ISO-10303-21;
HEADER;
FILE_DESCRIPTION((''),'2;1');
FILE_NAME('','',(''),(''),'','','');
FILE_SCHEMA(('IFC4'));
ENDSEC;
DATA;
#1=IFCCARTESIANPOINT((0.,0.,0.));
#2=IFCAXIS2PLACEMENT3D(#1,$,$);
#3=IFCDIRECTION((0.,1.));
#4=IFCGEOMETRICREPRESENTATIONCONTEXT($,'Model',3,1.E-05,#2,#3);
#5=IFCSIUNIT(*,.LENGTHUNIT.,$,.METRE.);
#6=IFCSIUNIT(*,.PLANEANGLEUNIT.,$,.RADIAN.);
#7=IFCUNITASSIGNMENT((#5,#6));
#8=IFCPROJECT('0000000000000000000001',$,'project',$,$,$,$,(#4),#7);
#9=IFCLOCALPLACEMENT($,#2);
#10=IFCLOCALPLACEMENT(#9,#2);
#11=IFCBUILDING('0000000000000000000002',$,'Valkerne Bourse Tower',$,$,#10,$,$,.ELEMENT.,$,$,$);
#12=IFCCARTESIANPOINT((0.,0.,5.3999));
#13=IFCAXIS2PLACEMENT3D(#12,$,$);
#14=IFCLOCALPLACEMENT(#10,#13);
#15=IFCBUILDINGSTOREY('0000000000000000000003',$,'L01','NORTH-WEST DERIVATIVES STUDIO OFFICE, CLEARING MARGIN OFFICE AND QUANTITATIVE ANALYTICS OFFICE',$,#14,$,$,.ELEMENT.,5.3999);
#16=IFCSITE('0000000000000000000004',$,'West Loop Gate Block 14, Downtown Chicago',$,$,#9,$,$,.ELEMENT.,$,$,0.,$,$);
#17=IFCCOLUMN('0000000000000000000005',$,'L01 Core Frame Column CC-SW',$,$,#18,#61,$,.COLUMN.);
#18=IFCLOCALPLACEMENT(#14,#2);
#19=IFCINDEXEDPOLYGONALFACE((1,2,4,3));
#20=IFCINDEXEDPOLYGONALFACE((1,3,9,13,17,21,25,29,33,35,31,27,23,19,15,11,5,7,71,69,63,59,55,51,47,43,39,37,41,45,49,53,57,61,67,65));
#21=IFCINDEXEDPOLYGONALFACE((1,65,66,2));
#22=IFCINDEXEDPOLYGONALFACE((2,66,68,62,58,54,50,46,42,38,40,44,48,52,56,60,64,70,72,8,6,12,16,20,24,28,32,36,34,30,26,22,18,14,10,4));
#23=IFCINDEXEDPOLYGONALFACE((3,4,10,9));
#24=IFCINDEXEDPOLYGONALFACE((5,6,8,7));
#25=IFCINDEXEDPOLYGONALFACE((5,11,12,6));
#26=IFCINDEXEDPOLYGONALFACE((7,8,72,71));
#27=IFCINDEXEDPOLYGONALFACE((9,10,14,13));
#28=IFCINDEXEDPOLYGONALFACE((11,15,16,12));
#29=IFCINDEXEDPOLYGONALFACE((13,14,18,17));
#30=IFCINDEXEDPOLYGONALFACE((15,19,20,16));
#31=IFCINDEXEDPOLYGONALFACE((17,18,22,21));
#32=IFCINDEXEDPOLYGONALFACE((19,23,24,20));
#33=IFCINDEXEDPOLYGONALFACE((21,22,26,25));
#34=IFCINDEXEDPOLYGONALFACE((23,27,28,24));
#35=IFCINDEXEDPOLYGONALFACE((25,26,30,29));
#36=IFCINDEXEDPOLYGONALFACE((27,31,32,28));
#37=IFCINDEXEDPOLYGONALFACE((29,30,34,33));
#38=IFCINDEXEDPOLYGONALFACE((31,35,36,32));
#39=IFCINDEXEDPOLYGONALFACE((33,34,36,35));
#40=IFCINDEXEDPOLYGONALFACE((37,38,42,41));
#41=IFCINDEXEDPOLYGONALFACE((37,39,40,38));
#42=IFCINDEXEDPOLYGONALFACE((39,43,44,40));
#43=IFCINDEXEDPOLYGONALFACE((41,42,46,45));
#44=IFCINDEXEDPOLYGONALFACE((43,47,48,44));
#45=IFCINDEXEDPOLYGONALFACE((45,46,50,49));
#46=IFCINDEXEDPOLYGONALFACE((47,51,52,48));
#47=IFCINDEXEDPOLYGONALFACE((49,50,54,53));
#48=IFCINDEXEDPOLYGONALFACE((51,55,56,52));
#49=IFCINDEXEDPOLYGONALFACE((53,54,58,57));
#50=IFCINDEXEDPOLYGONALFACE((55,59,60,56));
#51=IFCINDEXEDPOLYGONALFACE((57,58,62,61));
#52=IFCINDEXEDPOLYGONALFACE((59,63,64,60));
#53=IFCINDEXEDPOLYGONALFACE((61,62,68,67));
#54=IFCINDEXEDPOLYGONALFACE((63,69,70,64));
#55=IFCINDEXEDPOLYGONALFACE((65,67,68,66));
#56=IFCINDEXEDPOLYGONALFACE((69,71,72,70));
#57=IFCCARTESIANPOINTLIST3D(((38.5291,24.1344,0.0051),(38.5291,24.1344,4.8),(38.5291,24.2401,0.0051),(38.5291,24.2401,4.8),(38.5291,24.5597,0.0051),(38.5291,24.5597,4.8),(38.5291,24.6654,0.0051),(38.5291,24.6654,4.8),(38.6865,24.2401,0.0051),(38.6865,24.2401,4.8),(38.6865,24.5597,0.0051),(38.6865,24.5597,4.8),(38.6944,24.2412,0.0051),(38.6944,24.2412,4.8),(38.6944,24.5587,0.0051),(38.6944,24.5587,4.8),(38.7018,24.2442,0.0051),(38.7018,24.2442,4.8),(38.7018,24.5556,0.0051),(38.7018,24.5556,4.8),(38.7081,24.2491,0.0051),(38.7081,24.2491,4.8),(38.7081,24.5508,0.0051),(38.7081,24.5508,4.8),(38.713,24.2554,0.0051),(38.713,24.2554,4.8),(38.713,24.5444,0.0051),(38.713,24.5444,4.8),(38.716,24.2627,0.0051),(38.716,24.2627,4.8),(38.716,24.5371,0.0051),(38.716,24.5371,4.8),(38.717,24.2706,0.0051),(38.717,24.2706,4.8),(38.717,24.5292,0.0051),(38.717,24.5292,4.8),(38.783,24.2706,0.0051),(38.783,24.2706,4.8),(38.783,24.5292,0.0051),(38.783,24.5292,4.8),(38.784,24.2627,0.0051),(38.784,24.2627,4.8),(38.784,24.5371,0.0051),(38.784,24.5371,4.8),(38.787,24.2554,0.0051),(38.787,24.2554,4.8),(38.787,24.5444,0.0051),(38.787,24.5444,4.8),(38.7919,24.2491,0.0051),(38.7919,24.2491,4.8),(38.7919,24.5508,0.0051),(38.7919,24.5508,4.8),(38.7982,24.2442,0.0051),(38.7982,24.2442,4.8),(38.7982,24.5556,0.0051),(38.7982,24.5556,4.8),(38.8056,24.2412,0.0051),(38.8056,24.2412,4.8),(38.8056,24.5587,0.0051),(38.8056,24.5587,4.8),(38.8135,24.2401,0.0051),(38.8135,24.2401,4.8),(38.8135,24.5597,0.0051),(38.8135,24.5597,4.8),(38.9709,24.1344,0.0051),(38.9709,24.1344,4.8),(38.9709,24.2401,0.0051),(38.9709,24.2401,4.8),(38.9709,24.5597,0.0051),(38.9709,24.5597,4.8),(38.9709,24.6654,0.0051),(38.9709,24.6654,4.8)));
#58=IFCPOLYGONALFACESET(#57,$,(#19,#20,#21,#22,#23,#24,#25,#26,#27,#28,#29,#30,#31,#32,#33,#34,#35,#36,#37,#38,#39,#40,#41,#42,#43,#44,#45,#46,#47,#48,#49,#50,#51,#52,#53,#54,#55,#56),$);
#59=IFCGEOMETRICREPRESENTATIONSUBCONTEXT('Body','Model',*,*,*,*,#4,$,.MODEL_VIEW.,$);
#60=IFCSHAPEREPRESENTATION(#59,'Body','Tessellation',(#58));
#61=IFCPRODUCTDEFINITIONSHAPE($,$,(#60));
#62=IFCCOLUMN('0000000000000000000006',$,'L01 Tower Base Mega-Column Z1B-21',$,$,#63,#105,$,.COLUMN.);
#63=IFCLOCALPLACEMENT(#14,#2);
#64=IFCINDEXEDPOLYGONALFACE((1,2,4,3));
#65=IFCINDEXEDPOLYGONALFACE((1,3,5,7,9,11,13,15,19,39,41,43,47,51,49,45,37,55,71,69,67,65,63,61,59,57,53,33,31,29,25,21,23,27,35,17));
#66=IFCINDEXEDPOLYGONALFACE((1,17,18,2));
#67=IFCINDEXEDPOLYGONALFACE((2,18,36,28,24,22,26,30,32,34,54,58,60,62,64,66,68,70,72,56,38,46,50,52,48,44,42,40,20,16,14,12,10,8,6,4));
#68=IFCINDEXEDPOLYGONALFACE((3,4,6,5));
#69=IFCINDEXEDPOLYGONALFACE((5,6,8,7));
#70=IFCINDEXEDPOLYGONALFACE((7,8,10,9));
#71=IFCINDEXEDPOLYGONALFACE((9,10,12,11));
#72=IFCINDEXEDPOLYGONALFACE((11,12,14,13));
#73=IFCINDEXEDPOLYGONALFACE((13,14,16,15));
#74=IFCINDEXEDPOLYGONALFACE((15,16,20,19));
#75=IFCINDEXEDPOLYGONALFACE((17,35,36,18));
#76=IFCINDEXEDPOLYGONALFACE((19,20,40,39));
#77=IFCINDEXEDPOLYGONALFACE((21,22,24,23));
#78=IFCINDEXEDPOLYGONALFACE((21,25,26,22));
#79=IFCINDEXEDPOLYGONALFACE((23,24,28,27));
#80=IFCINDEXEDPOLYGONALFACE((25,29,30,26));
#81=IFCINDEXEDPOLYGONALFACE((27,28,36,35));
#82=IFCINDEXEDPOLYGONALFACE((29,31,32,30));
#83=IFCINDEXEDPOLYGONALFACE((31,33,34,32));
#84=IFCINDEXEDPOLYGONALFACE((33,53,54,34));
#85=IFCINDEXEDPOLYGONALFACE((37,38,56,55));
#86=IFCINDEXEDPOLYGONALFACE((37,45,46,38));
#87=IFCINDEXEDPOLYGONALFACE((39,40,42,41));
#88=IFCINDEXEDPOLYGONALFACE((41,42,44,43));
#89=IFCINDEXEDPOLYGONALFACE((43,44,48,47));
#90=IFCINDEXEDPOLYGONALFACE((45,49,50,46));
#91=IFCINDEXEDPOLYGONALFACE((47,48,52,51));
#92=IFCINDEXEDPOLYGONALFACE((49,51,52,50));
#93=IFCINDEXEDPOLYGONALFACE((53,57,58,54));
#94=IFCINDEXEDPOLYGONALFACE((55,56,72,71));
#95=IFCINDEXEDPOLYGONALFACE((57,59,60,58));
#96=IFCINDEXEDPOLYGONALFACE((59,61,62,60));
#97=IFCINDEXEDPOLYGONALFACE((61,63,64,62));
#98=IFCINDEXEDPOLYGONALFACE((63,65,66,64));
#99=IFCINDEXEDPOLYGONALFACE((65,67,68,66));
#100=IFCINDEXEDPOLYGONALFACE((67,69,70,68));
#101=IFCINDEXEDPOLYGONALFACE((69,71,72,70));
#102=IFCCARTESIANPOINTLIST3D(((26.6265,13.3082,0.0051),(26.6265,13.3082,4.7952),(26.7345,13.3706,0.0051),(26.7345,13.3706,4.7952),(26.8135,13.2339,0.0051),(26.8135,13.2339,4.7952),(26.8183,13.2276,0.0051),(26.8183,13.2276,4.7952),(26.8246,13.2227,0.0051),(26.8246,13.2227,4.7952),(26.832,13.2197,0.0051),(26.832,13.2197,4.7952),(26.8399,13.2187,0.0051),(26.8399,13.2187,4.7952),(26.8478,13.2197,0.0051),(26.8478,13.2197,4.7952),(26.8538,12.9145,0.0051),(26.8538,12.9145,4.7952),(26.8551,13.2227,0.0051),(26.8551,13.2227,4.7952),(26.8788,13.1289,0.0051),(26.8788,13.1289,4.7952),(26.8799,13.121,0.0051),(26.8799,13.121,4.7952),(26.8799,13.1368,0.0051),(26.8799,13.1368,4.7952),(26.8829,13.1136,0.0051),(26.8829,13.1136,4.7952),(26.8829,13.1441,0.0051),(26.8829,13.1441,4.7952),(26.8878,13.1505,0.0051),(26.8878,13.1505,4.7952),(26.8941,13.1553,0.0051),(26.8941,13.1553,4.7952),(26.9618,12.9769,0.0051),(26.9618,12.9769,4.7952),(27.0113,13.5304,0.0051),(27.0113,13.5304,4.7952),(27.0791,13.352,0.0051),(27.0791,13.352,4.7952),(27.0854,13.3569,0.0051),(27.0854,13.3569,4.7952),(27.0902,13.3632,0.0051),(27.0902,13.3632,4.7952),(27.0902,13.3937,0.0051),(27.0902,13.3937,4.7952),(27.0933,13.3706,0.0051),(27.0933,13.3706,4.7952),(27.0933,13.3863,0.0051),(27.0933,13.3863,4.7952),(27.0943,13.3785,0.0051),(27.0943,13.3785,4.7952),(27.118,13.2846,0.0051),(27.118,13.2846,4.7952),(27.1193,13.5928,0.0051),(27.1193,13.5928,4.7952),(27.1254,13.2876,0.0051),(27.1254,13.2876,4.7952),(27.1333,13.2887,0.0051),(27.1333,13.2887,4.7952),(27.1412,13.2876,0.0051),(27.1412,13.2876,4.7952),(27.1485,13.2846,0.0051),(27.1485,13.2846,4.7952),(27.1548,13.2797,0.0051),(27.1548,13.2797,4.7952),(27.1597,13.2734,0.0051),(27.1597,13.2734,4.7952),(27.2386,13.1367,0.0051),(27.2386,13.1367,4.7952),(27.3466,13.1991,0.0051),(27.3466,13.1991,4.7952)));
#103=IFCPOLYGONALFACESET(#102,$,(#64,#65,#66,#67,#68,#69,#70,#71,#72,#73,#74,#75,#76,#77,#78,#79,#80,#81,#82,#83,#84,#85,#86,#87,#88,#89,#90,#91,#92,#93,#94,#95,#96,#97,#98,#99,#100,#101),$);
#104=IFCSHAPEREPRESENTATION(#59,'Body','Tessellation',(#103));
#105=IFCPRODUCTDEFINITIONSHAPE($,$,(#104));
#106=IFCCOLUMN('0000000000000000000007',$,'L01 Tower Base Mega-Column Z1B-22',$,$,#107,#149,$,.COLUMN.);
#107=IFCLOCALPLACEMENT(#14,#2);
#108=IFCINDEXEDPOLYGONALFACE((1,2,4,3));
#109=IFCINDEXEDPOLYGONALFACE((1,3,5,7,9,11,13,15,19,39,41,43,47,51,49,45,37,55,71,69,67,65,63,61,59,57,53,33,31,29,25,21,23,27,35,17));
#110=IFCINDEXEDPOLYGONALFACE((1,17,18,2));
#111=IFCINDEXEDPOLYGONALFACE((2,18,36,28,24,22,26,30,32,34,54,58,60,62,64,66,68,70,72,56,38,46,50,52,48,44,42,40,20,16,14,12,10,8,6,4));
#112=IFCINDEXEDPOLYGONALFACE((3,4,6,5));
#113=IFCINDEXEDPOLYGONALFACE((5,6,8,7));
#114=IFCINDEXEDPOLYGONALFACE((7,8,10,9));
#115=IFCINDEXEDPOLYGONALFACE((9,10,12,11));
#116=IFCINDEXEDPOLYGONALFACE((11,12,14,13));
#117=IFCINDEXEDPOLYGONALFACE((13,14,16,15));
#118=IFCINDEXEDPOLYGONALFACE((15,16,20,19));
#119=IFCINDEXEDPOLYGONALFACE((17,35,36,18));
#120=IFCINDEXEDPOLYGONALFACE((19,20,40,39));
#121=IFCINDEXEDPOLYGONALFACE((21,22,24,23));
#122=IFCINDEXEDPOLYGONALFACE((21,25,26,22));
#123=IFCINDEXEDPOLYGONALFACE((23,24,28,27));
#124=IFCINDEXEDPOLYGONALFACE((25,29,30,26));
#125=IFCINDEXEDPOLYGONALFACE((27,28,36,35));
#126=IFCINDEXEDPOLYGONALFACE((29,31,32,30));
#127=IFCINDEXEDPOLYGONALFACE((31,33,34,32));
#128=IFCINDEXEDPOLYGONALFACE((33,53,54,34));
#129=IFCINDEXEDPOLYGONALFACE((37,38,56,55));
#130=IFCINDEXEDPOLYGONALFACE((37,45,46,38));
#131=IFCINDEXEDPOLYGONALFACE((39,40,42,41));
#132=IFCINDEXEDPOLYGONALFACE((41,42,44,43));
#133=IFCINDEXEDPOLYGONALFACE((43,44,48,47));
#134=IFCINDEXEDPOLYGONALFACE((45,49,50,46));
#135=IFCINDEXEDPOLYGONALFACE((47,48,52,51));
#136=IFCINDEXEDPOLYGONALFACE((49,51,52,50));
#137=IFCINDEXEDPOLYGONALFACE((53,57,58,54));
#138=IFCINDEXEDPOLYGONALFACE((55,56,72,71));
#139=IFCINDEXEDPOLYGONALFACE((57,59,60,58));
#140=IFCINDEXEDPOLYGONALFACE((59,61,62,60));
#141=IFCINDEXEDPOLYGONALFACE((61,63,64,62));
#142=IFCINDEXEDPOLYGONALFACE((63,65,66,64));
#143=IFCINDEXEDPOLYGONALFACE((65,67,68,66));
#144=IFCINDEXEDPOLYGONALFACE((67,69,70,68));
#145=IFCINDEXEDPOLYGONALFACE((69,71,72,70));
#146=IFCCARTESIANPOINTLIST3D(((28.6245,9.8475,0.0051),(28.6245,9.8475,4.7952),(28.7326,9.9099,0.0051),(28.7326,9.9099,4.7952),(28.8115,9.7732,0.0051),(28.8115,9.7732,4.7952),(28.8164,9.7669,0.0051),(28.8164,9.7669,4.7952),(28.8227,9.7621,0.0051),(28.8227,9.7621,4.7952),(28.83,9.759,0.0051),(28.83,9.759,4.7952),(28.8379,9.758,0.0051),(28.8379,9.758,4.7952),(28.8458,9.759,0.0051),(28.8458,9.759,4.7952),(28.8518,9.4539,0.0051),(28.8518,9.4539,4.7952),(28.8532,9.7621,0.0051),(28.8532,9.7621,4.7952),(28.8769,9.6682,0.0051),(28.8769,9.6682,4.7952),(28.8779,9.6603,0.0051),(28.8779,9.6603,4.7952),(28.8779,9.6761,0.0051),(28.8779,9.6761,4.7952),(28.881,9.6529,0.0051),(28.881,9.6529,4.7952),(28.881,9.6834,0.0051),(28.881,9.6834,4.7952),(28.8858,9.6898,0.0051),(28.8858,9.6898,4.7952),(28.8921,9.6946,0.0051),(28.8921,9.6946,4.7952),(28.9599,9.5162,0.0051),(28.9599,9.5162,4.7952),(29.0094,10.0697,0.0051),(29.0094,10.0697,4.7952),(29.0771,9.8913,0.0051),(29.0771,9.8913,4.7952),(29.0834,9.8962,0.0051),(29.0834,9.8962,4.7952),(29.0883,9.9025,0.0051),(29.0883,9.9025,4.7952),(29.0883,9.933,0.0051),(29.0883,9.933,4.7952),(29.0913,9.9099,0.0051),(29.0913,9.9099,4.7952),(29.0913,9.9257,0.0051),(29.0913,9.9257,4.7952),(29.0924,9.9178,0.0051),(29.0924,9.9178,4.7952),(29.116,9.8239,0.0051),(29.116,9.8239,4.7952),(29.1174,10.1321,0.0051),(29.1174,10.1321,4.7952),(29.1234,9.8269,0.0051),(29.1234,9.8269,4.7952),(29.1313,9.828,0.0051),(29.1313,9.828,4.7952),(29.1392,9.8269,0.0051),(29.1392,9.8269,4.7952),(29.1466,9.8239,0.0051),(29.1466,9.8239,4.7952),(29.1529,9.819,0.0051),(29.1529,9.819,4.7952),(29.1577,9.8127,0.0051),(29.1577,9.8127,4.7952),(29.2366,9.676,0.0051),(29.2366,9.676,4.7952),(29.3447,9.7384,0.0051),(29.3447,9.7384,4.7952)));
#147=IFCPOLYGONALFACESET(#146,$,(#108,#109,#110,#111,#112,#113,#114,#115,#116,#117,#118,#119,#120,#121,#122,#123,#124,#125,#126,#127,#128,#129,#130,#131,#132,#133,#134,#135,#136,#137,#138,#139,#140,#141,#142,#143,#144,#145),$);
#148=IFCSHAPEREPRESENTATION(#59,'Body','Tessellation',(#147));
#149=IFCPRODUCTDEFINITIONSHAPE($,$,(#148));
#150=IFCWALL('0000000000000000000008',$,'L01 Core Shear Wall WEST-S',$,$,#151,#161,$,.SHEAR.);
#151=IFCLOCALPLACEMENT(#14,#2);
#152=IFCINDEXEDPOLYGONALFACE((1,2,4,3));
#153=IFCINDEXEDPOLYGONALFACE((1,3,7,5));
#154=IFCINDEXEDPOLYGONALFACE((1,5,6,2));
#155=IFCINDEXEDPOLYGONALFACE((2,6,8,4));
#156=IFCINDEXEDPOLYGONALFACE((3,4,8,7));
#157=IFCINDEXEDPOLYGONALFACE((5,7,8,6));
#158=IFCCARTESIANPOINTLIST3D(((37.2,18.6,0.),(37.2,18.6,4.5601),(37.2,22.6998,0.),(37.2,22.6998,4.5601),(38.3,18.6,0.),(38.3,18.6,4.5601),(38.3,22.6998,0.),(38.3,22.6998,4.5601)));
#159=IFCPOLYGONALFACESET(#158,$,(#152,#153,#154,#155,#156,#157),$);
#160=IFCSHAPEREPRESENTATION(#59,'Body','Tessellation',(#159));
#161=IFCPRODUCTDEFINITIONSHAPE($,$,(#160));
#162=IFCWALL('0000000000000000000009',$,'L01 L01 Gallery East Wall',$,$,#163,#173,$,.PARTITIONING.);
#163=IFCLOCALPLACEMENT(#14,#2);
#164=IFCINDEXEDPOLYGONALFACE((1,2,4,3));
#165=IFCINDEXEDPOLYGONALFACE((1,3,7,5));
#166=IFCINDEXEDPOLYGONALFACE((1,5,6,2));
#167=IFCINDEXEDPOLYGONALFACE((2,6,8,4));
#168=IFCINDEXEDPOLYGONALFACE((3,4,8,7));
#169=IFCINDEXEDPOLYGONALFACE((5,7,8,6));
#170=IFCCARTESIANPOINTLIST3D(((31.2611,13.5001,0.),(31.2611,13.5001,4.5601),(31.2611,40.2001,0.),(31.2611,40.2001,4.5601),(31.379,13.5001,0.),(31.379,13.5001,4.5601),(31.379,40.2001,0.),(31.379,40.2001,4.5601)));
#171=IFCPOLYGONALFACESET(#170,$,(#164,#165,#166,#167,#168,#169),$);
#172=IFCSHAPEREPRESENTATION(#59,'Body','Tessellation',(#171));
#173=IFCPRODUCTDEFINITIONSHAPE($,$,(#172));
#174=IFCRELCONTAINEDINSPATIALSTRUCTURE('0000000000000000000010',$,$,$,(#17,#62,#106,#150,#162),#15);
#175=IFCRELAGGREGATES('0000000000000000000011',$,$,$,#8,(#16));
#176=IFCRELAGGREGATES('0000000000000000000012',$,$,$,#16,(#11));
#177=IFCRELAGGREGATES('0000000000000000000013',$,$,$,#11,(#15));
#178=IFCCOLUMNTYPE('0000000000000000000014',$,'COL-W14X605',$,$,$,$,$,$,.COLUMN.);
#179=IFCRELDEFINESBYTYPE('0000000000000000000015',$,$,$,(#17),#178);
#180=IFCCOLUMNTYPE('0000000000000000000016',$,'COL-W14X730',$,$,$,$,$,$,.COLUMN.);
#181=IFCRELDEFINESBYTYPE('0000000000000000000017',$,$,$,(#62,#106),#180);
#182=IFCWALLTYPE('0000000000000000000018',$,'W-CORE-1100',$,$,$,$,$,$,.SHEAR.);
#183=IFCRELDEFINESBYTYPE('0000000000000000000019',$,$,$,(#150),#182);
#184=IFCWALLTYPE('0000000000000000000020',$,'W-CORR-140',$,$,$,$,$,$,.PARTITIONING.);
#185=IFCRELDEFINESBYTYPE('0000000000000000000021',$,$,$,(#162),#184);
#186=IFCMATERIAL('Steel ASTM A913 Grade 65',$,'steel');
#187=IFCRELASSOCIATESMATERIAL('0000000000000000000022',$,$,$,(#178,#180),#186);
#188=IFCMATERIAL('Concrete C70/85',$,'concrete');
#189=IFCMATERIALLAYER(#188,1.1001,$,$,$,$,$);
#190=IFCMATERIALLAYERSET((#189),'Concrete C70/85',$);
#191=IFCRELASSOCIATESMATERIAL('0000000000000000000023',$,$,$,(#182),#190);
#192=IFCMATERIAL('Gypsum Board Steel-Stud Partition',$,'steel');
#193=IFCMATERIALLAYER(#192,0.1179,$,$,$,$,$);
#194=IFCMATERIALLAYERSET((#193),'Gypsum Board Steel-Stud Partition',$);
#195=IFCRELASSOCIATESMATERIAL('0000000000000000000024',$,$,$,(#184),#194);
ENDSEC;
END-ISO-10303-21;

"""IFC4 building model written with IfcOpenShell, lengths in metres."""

from ifc_helpers import new_model, si_unit, direction, frame, frame_2d, origin, origin_2d, place, context, subcontext, project, spatial, rectangle, i_section, extrude, material, layer, layer_set, material_profile, profile_set, type_object, element, save


model = new_model("IFC4")

# Units and contexts
model_context = context("Model", 3, precision=1e-05, world=origin(), true_north=direction((0.0, 1.0)))
body_context = subcontext(model_context, "Body", "Model", "MODEL_VIEW")
ifc_project = project(units=[si_unit("LENGTHUNIT", "METRE"), si_unit("PLANEANGLEUNIT", "RADIAN")], contexts=[model_context])

# Site, building, storey
site_placement = place(None, origin())
site = spatial("IfcSite", under=ifc_project, at=site_placement, Name="West Loop Gate Block 14, Downtown Chicago", CompositionType="ELEMENT", RefElevation=0.0)
building_placement = place(site_placement, origin())
building = spatial("IfcBuilding", under=site, at=building_placement, Name="Valkerne Bourse Tower", CompositionType="ELEMENT")
storey_placement = place(building_placement, frame((0.0, 0.0, 5.3999)))
storey = spatial("IfcBuildingStorey", under=building, at=storey_placement, Name="L01", Description="NORTH-WEST DERIVATIVES STUDIO OFFICE, CLEARING MARGIN OFFICE AND QUANTITATIVE ANALYTICS OFFICE", CompositionType="ELEMENT", Elevation=5.3999)

# Columns
ifc_material_1 = material(Name="Steel ASTM A913 Grade 65", Category="steel")
ifc_material_profile_1 = material_profile(ifc_material_1, i_section(OverallWidth=0.4419, OverallDepth=0.531, WebThickness=0.0659, FlangeThickness=0.1057, FilletRadius=0.0305, at=origin_2d()), Name="W14X605")
ifc_profile_set_1 = profile_set([ifc_material_profile_1], Name="Steel ASTM A913 Grade 65")
column_type_1 = type_object("IfcColumnType", Name="COL-W14X605", PredefinedType="COLUMN", material=ifc_profile_set_1)
column_placement = place(storey_placement, frame((38.75, 24.3999, 0.0051), z_axis=(0.0, 0.0, 1.0), x_axis=(1.0, 0.0, 0.0)))
element("IfcColumn", 1, at=column_placement, inside=storey, type_object=column_type_1, Name="L01 Core Frame Column CC-SW", PredefinedType="COLUMN", context=body_context, shape_type="SweptSolid", body=[
    extrude(i_section(OverallWidth=0.4419, OverallDepth=0.531, WebThickness=0.0659, FlangeThickness=0.1057, FilletRadius=0.0305, at=origin_2d()), origin(), (0.0, 0.0, 1.0), 4.7949),
])
ifc_material_profile_2 = material_profile(ifc_material_1, i_section(OverallWidth=0.4546, OverallDepth=0.5691, WebThickness=0.0779, FlangeThickness=0.1248, FilletRadius=0.0305, at=origin_2d()), Name="W14X730")
ifc_profile_set_2 = profile_set([ifc_material_profile_2], Name="Steel ASTM A913 Grade 65")
column_type_2 = type_object("IfcColumnType", Name="COL-W14X730", PredefinedType="COLUMN", material=ifc_profile_set_2)
for number, where, z_axis, x_axis, name in (
    (2, (26.9866, 13.2537, 0.0051), (0.0, 0.0, 1.0), (0.5, -0.866025, 0.0), "L01 Tower Base Mega-Column Z1B-21"),
    (3, (28.9846, 9.793, 0.0051), (0.0, 0.0, 1.0), (0.5, -0.866025, 0.0), "L01 Tower Base Mega-Column Z1B-22"),
):
    element("IfcColumn", number, at=place(storey_placement, frame(where, z_axis=z_axis, x_axis=x_axis)), inside=storey, type_object=column_type_2, Name=name, PredefinedType="COLUMN", context=body_context, shape_type="SweptSolid", body=[
        extrude(i_section(OverallWidth=0.4546, OverallDepth=0.5691, WebThickness=0.0779, FlangeThickness=0.1248, FilletRadius=0.0305, at=origin_2d()), origin(), (0.0, 0.0, 1.0), 4.79),
    ])

# Shared definitions
ifc_material_2 = material(Name="Concrete C70/85", Category="concrete")
ifc_layer_1 = layer(ifc_material_2, 1.1001)
ifc_layer_set_1 = layer_set([ifc_layer_1], Name="Concrete C70/85")
wall_type_1 = type_object("IfcWallType", Name="W-CORE-1100", PredefinedType="SHEAR", material=ifc_layer_set_1)

# Walls
wall_1_placement = place(storey_placement, frame((37.75, 18.6001, 0.0), z_axis=(0.0, 0.0, 1.0), x_axis=(0.0, 1.0, 0.0)))
element("IfcWall", 4, at=wall_1_placement, inside=storey, type_object=wall_type_1, Name="L01 Core Shear Wall WEST-S", PredefinedType="SHEAR", context=body_context, shape_type="SweptSolid", body=[
    extrude(rectangle(XDim=4.0999, YDim=1.1001, at=frame_2d((2.0498, 0.0))), origin(), (0.0, 0.0, 1.0), 4.5601),
])
ifc_material_3 = material(Name="Gypsum Board Steel-Stud Partition", Category="steel")
ifc_layer_2 = layer(ifc_material_3, 0.1179)
ifc_layer_set_2 = layer_set([ifc_layer_2], Name="Gypsum Board Steel-Stud Partition")
wall_type_2 = type_object("IfcWallType", Name="W-CORR-140", PredefinedType="PARTITIONING", material=ifc_layer_set_2)
wall_2_placement = place(storey_placement, frame((31.3201, 13.5, 0.0), z_axis=(0.0, 0.0, 1.0), x_axis=(0.0, 1.0, 0.0)))
element("IfcWall", 5, at=wall_2_placement, inside=storey, type_object=wall_type_2, Name="L01 L01 Gallery East Wall", PredefinedType="PARTITIONING", context=body_context, shape_type="SweptSolid", body=[
    extrude(rectangle(XDim=26.7, YDim=0.1179, at=frame_2d((13.3501, 0.0))), origin(), (0.0, 0.0, 1.0), 4.5601),
])

save(model, "model.ifc")
